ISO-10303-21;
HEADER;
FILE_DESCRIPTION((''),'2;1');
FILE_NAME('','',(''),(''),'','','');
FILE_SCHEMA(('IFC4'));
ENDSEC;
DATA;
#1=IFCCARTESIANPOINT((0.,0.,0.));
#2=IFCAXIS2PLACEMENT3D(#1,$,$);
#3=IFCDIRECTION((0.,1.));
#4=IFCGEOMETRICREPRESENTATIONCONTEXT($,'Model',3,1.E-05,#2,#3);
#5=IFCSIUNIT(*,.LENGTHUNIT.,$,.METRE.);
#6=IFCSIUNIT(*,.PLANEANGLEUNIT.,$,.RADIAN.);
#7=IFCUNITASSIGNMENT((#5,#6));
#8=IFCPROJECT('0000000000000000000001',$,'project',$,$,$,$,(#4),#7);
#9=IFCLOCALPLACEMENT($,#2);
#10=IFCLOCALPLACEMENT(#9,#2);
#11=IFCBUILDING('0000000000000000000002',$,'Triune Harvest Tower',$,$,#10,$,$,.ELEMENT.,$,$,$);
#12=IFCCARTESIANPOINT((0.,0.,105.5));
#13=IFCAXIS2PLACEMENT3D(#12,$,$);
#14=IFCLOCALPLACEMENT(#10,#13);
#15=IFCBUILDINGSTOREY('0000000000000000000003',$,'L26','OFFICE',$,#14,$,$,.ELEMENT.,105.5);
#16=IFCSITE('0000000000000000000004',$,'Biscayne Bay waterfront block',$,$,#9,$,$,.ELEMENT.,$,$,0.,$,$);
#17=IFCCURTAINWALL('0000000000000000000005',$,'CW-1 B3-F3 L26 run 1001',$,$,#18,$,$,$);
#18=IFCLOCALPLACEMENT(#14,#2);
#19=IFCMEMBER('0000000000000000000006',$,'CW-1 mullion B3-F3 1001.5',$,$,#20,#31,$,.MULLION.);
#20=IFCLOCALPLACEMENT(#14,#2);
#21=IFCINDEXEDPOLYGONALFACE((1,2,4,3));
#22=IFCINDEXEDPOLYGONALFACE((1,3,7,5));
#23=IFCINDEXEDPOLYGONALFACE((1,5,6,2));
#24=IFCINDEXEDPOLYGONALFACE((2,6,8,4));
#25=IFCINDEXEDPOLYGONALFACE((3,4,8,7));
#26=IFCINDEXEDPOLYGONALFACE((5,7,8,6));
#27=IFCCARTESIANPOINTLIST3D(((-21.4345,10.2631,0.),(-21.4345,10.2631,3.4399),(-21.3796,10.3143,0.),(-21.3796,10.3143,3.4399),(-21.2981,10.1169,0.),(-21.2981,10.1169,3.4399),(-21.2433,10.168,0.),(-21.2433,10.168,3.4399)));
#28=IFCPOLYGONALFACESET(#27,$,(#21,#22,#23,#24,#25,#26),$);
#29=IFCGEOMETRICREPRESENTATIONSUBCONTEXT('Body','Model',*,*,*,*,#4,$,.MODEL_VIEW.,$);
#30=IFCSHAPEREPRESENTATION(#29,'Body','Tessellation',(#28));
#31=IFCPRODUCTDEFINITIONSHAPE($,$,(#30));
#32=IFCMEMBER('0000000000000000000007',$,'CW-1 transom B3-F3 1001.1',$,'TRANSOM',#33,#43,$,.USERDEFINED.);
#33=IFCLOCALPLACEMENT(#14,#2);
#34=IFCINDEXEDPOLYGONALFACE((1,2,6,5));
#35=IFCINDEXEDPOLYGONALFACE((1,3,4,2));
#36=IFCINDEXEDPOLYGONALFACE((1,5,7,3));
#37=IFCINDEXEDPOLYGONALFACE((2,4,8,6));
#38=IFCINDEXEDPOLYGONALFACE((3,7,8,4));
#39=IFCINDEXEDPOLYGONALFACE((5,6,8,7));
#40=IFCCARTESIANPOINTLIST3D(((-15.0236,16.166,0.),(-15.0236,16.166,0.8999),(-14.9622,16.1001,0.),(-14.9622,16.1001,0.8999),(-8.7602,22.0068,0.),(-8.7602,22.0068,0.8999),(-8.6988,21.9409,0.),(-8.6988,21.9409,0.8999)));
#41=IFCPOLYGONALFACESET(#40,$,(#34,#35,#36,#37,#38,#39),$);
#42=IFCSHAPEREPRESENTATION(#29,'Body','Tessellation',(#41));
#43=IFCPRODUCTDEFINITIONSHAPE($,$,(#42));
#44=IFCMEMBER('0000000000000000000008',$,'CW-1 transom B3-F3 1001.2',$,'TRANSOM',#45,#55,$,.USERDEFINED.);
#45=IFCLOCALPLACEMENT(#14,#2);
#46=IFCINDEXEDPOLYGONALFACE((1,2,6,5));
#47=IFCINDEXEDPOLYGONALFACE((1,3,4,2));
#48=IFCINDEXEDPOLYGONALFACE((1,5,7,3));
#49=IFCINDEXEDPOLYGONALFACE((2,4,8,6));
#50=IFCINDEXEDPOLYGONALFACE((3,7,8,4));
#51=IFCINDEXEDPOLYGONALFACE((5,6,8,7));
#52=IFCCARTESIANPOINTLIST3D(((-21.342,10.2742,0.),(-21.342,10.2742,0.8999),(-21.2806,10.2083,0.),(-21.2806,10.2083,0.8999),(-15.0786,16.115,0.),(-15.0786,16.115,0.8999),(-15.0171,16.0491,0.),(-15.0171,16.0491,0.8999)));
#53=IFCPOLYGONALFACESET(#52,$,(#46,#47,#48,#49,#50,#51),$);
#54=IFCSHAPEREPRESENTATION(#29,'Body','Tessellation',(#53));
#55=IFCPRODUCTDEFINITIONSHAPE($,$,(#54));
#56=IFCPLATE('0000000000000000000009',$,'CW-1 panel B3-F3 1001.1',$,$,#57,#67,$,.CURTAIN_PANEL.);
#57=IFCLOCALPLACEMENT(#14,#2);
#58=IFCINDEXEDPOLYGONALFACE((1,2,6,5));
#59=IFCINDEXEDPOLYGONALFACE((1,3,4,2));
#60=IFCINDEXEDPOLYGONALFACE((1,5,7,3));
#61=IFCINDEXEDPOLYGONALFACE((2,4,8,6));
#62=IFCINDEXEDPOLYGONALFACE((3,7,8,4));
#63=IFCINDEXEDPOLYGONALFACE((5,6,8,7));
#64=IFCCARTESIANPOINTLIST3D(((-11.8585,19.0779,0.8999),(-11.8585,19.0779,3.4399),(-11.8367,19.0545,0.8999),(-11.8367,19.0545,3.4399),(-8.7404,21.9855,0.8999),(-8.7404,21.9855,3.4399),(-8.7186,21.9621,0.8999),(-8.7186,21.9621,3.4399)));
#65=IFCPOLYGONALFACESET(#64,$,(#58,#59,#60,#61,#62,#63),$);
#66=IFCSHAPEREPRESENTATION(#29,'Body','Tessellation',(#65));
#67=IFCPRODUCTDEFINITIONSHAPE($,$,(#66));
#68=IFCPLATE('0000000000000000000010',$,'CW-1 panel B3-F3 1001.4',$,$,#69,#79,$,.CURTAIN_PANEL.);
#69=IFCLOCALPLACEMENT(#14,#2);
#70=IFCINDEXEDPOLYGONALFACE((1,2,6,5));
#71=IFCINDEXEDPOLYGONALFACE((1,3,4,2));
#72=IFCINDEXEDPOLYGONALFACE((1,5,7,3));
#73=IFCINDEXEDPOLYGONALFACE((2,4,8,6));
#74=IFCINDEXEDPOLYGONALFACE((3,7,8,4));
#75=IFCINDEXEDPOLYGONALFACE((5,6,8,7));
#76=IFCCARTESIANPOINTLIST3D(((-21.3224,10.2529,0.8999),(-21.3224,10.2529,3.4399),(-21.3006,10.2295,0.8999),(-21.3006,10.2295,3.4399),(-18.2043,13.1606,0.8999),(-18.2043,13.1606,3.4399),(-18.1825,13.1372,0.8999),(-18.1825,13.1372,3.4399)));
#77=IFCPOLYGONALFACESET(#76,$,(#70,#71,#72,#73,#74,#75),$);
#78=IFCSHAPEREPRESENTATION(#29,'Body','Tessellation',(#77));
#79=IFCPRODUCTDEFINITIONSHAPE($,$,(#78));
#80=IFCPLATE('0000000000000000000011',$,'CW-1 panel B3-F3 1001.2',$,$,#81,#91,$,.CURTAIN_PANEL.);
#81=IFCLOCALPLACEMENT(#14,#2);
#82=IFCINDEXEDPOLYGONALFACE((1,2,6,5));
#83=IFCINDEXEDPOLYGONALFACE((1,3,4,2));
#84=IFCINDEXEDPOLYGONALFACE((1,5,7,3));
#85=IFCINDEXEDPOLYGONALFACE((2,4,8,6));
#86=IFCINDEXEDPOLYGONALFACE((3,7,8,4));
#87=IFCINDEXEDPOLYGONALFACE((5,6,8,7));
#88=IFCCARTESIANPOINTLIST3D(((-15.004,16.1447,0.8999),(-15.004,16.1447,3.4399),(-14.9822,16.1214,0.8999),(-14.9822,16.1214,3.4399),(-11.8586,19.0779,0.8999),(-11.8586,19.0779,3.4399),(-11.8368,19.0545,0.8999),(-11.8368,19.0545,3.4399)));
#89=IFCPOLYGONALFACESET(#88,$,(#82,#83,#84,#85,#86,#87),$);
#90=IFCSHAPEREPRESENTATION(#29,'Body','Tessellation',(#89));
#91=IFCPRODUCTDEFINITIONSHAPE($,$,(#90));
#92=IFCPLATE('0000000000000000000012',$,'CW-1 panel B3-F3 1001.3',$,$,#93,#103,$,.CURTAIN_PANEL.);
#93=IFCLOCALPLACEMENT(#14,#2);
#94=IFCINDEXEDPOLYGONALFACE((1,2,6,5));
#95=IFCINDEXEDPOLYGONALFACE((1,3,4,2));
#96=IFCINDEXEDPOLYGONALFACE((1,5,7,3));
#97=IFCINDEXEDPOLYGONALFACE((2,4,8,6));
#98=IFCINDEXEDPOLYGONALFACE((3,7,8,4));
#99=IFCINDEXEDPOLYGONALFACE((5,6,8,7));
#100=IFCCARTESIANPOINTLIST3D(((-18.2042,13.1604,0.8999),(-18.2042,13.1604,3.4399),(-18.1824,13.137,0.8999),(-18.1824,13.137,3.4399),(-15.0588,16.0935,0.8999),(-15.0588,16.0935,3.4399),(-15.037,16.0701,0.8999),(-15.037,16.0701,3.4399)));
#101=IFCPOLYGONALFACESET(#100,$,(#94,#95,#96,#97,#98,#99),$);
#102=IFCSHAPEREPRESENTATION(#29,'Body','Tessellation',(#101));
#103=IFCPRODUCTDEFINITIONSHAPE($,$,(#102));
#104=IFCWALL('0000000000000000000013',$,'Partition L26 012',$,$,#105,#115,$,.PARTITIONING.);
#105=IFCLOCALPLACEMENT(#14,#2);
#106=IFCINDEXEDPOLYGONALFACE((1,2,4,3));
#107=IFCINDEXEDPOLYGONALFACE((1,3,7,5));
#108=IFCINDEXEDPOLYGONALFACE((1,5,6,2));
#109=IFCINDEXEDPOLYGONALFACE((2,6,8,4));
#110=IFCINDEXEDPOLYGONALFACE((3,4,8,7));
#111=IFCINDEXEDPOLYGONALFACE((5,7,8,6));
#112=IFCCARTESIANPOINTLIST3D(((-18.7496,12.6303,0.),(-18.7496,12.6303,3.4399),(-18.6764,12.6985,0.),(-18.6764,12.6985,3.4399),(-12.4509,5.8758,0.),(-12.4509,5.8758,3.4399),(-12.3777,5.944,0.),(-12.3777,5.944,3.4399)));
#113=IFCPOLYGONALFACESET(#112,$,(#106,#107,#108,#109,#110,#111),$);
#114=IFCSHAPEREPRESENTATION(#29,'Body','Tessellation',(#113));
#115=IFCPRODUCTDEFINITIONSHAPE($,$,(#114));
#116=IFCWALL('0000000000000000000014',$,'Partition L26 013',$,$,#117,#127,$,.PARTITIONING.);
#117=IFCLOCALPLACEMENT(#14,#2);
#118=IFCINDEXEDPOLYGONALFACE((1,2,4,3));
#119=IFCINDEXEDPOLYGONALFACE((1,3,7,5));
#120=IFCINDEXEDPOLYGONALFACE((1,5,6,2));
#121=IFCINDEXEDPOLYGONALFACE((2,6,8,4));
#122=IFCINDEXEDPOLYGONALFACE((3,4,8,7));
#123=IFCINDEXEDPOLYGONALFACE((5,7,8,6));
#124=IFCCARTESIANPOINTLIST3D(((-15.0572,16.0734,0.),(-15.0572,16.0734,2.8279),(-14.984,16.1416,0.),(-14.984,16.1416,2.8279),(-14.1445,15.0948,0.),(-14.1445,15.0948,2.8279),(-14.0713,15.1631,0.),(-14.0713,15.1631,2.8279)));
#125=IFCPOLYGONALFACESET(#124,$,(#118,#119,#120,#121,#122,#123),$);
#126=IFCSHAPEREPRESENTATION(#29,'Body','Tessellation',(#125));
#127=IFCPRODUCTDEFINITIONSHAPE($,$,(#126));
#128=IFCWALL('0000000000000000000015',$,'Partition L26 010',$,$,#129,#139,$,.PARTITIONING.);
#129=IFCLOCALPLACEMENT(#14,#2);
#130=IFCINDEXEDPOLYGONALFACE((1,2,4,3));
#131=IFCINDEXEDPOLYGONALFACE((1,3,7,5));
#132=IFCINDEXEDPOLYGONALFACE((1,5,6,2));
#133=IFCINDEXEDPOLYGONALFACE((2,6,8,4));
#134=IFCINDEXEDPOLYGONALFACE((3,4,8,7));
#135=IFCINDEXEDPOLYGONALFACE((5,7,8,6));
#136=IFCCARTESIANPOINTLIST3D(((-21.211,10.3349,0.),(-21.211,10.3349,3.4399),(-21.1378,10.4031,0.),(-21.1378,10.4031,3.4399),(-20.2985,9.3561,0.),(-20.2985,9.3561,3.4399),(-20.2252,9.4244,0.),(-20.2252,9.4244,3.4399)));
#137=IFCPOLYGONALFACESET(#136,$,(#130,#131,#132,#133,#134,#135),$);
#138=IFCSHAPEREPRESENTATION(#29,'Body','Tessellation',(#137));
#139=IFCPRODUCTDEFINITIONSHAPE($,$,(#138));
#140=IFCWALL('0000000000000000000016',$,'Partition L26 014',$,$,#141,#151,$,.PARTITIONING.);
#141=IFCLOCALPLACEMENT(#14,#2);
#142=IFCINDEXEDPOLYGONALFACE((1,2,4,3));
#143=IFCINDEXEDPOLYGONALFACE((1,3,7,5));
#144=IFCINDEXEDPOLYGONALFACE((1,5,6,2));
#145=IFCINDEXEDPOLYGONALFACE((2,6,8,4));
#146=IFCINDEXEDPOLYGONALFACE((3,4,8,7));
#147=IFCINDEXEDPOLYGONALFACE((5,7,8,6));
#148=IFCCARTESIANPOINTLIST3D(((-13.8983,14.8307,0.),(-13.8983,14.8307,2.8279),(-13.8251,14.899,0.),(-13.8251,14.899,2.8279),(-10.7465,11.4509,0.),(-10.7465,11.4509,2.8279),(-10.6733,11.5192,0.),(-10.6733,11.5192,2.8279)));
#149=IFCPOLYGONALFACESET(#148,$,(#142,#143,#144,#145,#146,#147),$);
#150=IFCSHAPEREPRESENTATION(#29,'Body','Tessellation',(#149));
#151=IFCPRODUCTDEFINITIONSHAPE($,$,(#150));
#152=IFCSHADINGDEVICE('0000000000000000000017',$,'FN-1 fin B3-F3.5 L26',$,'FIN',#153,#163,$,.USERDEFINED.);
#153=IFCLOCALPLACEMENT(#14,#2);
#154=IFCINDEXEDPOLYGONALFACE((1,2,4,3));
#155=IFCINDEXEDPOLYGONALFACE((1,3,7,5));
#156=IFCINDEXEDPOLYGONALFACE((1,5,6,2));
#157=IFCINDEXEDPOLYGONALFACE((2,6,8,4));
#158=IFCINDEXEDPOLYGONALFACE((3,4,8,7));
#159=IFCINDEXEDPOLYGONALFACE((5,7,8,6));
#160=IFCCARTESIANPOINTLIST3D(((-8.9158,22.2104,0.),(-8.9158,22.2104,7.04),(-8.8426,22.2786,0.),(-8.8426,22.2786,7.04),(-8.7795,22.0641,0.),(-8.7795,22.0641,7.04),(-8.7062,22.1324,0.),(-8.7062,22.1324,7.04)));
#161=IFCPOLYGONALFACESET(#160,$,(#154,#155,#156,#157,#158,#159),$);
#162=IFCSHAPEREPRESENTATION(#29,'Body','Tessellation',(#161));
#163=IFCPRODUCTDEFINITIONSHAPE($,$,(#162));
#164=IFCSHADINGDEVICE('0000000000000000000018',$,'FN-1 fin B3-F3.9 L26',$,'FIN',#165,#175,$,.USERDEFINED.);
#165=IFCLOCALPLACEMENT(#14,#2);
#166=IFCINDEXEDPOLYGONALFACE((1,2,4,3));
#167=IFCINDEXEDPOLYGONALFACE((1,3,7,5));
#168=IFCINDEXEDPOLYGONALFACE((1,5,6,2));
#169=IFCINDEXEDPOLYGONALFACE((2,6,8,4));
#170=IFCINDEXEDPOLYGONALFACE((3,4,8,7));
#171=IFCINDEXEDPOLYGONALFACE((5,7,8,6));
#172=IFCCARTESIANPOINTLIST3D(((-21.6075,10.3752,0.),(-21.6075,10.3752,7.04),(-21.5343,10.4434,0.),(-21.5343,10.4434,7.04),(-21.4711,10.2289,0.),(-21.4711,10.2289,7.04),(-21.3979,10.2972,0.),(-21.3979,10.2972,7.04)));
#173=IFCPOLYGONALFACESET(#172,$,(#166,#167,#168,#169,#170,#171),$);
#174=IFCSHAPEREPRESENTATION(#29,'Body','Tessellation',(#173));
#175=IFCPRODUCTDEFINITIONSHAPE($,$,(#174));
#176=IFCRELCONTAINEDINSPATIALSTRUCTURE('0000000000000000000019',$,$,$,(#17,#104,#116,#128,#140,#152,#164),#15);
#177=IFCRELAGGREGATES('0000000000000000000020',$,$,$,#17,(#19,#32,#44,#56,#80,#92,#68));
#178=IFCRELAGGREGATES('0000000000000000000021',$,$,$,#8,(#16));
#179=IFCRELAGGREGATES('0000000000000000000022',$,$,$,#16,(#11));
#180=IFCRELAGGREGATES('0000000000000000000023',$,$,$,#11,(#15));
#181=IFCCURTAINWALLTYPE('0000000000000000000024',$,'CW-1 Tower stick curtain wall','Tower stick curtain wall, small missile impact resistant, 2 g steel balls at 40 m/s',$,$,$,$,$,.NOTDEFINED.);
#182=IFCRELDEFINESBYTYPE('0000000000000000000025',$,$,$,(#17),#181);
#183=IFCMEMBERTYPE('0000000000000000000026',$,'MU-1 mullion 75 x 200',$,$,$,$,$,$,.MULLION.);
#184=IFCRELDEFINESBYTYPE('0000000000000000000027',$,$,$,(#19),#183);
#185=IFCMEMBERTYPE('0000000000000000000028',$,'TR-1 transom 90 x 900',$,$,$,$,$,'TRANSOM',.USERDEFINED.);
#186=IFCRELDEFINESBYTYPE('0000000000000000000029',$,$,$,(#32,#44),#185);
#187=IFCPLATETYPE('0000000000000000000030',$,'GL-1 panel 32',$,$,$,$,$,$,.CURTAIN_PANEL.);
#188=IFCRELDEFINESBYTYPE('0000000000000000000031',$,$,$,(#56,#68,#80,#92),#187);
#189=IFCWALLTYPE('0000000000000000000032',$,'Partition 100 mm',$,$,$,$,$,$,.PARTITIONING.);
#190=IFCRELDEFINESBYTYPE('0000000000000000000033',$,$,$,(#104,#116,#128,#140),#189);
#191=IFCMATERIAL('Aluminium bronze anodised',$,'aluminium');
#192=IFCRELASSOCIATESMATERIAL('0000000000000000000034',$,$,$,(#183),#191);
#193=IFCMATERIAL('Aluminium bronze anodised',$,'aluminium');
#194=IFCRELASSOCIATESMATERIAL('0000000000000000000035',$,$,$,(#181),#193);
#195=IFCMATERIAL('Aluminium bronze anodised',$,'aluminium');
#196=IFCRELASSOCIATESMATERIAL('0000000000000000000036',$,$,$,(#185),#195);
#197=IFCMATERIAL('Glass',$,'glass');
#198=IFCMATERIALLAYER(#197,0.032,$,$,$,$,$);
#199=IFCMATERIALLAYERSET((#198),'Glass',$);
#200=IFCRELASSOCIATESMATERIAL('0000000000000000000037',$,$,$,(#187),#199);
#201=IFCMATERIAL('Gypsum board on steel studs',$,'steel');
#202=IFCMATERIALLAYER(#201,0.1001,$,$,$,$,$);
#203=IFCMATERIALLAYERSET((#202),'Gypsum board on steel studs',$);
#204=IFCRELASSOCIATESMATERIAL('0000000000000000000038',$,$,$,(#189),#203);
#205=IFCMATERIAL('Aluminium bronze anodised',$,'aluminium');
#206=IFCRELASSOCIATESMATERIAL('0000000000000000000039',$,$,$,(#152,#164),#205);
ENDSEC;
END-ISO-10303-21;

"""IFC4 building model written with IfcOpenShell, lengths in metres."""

from ifc_helpers import new_model, si_unit, direction, frame, frame_2d, origin, origin_2d, place, context, subcontext, project, spatial, rectangle, extrude, source, transform, mapped, material, layer, layer_set, material_profile, profile_set, type_object, element, aggregate, save


model = new_model("IFC4")

# Units and contexts
model_context = context("Model", 3, precision=1e-05, world=origin(), true_north=direction((0.0, 1.0)))
body_context = subcontext(model_context, "Body", "Model", "MODEL_VIEW")
ifc_project = project(units=[si_unit("LENGTHUNIT", "METRE"), si_unit("PLANEANGLEUNIT", "RADIAN")], contexts=[model_context])

# Site, building, storey
site_placement = place(None, origin())
site = spatial("IfcSite", under=ifc_project, at=site_placement, Name="Biscayne Bay waterfront block", CompositionType="ELEMENT", RefElevation=0.0)
building_placement = place(site_placement, origin())
building = spatial("IfcBuilding", under=site, at=building_placement, Name="Triune Harvest Tower", CompositionType="ELEMENT")
storey_placement = place(building_placement, frame((0.0, 0.0, 105.5)))
storey = spatial("IfcBuildingStorey", under=building, at=storey_placement, Name="L26", Description="OFFICE", CompositionType="ELEMENT", Elevation=105.5)

# Shared definitions
ifc_material_1 = material(Name="Aluminium bronze anodised", Category="aluminium")
ifc_material_profile_1 = material_profile(ifc_material_1, rectangle(XDim=0.2, YDim=0.075, at=origin_2d()), Name="MU-1 mullion 75 x 200")
ifc_profile_set_1 = profile_set([ifc_material_profile_1], Name="Aluminium bronze anodised")
member_type_1 = type_object("IfcMemberType", Name="MU-1 mullion 75 x 200", PredefinedType="MULLION", material=ifc_profile_set_1)
shared_shape_1 = source(origin(), body_context, "Body", "SweptSolid", [
    extrude(rectangle(XDim=0.2, YDim=0.075, at=origin_2d()), origin(), (0.0, 0.0, 1.0), 3.4399),
])

# Curtain wall, members, plates
ifc_material_2 = material(Name="Aluminium bronze anodised", Category="aluminium")
curtain_wall_type_1 = type_object("IfcCurtainWallType", Name="CW-1 Tower stick curtain wall", Description="Tower stick curtain wall, small missile impact resistant, 2 g steel balls at 40 m/s", PredefinedType="NOTDEFINED", material=ifc_material_2)
curtain_wall_1_placement = place(storey_placement, origin())
curtain_wall_1 = element("IfcCurtainWall", 1, at=curtain_wall_1_placement, inside=storey, type_object=curtain_wall_type_1, Name="CW-1 B3-F3 L26 run 1001")
member_1_placement = place(storey_placement, frame((-21.3389, 10.2156, 0.0), z_axis=(0.0, 0.0, 1.0), x_axis=(0.681998, -0.731354, 0.0)))
member_1 = element("IfcMember", 2, at=member_1_placement, type_object=member_type_1, Name="CW-1 mullion B3-F3 1001.5", PredefinedType="MULLION", context=body_context, shape_type="MappedRepresentation", body=[
    mapped(shared_shape_1, transform((0.0, 0.0, 0.0), scale=1.0)),
])
ifc_material_3 = material(Name="Aluminium bronze anodised", Category="aluminium")
ifc_material_profile_2 = material_profile(ifc_material_3, rectangle(XDim=0.0901, YDim=0.8999, at=origin_2d()), Name="TR-1 transom 90 x 900")
ifc_profile_set_2 = profile_set([ifc_material_profile_2], Name="Aluminium bronze anodised")
member_type_2 = type_object("IfcMemberType", Name="TR-1 transom 90 x 900", ElementType="TRANSOM", PredefinedType="USERDEFINED", material=ifc_profile_set_2)
shared_shape_2 = source(origin(), body_context, "Body", "SweptSolid", [
    extrude(rectangle(XDim=0.0901, YDim=0.8999, at=origin_2d()), origin(), (0.0, 0.0, 1.0), 8.5642),
])
member_2_placement = place(storey_placement, frame((-8.7295, 21.9739, 0.45), z_axis=(-0.731349, -0.682003, 0.0), x_axis=(0.682003, -0.731349, 0.0)))
member_2 = element("IfcMember", 3, at=member_2_placement, type_object=member_type_2, Name="CW-1 transom B3-F3 1001.1", ObjectType="TRANSOM", PredefinedType="USERDEFINED", context=body_context, shape_type="MappedRepresentation", body=[
    mapped(shared_shape_2, transform((0.0, 0.0, 0.0), scale=1.0)),
])
member_3_placement = place(storey_placement, frame((-15.0479, 16.082, 0.45), z_axis=(-0.731349, -0.682003, 0.0), x_axis=(0.682003, -0.731349, 0.0)))
member_3 = element("IfcMember", 4, at=member_3_placement, type_object=member_type_2, Name="CW-1 transom B3-F3 1001.2", ObjectType="TRANSOM", PredefinedType="USERDEFINED", context=body_context, shape_type="MappedRepresentation", body=[
    mapped(shared_shape_2, transform((0.0, 0.0, 0.0), scale=1.0)),
])
ifc_material_4 = material(Name="Glass", Category="glass")
ifc_layer_1 = layer(ifc_material_4, 0.032)
ifc_layer_set_1 = layer_set([ifc_layer_1], Name="Glass")
plate_type = type_object("IfcPlateType", Name="GL-1 panel 32", PredefinedType="CURTAIN_PANEL", material=ifc_layer_set_1)
shared_shape_3 = source(origin(), body_context, "Body", "SweptSolid", [
    extrude(rectangle(XDim=4.2634, YDim=0.032, at=origin_2d()), origin(), (0.0, 0.0, 1.0), 2.54),
])
plate_1_placement = place(storey_placement, frame((-10.2886, 20.52, 0.8999), z_axis=(0.0, 0.0, 1.0), x_axis=(-0.731354, -0.681998, 0.0)))
plate_1 = element("IfcPlate", 5, at=plate_1_placement, type_object=plate_type, Name="CW-1 panel B3-F3 1001.1", PredefinedType="CURTAIN_PANEL", context=body_context, shape_type="MappedRepresentation", body=[
    mapped(shared_shape_3, transform((0.0, 0.0, 0.0), scale=1.0)),
])
plate_2_placement = place(storey_placement, frame((-19.7524, 11.6951, 0.8999), z_axis=(0.0, 0.0, 1.0), x_axis=(-0.731354, -0.681998, 0.0)))
plate_2 = element("IfcPlate", 6, at=plate_2_placement, type_object=plate_type, Name="CW-1 panel B3-F3 1001.4", PredefinedType="CURTAIN_PANEL", context=body_context, shape_type="MappedRepresentation", body=[
    mapped(shared_shape_3, transform((0.0, 0.0, 0.0), scale=1.0)),
])
shared_shape_4 = source(origin(), body_context, "Body", "SweptSolid", [
    extrude(rectangle(XDim=4.3008, YDim=0.032, at=origin_2d()), origin(), (0.0, 0.0, 1.0), 2.54),
])
plate_3_placement = place(storey_placement, frame((-13.4204, 17.5996, 0.8999), z_axis=(0.0, 0.0, 1.0), x_axis=(-0.731354, -0.681998, 0.0)))
plate_3 = element("IfcPlate", 7, at=plate_3_placement, type_object=plate_type, Name="CW-1 panel B3-F3 1001.2", PredefinedType="CURTAIN_PANEL", context=body_context, shape_type="MappedRepresentation", body=[
    mapped(shared_shape_4, transform((0.0, 0.0, 0.0), scale=1.0)),
])
plate_4_placement = place(storey_placement, frame((-16.6206, 14.6152, 0.8999), z_axis=(0.0, 0.0, 1.0), x_axis=(-0.731354, -0.681998, 0.0)))
plate_4 = element("IfcPlate", 8, at=plate_4_placement, type_object=plate_type, Name="CW-1 panel B3-F3 1001.3", PredefinedType="CURTAIN_PANEL", context=body_context, shape_type="MappedRepresentation", body=[
    mapped(shared_shape_4, transform((0.0, 0.0, 0.0), scale=1.0)),
])
aggregate(curtain_wall_1, [member_1, member_2, member_3, plate_1, plate_3, plate_4, plate_2])

# Walls
ifc_material_5 = material(Name="Gypsum board on steel studs", Category="steel")
ifc_layer_2 = layer(ifc_material_5, 0.1001)
ifc_layer_set_2 = layer_set([ifc_layer_2], Name="Gypsum board on steel studs")
wall_type = type_object("IfcWallType", Name="Partition 100 mm", PredefinedType="PARTITIONING", material=ifc_layer_set_2)
wall_1_placement = place(storey_placement, frame((-18.7129, 12.6643, 0.0), z_axis=(0.0, 0.0, 1.0), x_axis=(0.681999, -0.731353, 0.0)))
element("IfcWall", 9, at=wall_1_placement, inside=storey, type_object=wall_type, Name="Partition L26 012", PredefinedType="PARTITIONING", context=body_context, shape_type="SweptSolid", body=[
    extrude(rectangle(XDim=9.2356, YDim=0.1001, at=frame_2d((4.6177, 0.0))), origin(), (0.0, 0.0, 1.0), 3.4399),
])
wall_2_placement = place(storey_placement, frame((-15.0205, 16.1074, 0.0), z_axis=(0.0, 0.0, 1.0), x_axis=(0.682045, -0.73131, 0.0)))
element("IfcWall", 10, at=wall_2_placement, inside=storey, type_object=wall_type, Name="Partition L26 013", PredefinedType="PARTITIONING", context=body_context, shape_type="SweptSolid", body=[
    extrude(rectangle(XDim=1.3381, YDim=0.1001, at=frame_2d((0.6689, 0.0))), origin(), (0.0, 0.0, 1.0), 2.8279),
])
shared_shape_5 = source(origin(), body_context, "Body", "SweptSolid", [
    extrude(rectangle(XDim=1.3381, YDim=0.1001, at=frame_2d((0.6689, 0.0))), origin(), (0.0, 0.0, 1.0), 3.4399),
])
wall_3_placement = place(storey_placement, frame((-21.1743, 10.3689, 0.0), z_axis=(0.0, 0.0, 1.0), x_axis=(0.681954, -0.731395, 0.0)))
element("IfcWall", 11, at=wall_3_placement, inside=storey, type_object=wall_type, Name="Partition L26 010", PredefinedType="PARTITIONING", context=body_context, shape_type="MappedRepresentation", body=[
    mapped(shared_shape_5, transform((0.0, 0.0, 0.0), scale=1.0)),
])
shared_shape_6 = source(origin(), body_context, "Body", "SweptSolid", [
    extrude(rectangle(XDim=4.6213, YDim=0.1001, at=frame_2d((2.3105, 0.0))), origin(), (0.0, 0.0, 1.0), 2.8279),
])
wall_4_placement = place(storey_placement, frame((-13.8616, 14.8647, 0.0), z_axis=(0.0, 0.0, 1.0), x_axis=(0.682006, -0.731347, 0.0)))
element("IfcWall", 12, at=wall_4_placement, inside=storey, type_object=wall_type, Name="Partition L26 014", PredefinedType="PARTITIONING", context=body_context, shape_type="MappedRepresentation", body=[
    mapped(shared_shape_6, transform((0.0, 0.0, 0.0), scale=1.0)),
])

# Shading devices
ifc_material_6 = material(Name="Aluminium bronze anodised", Category="aluminium")
shared_shape_7 = source(origin(), body_context, "Body", "SweptSolid", [
    extrude(rectangle(XDim=0.1001, YDim=0.2, at=origin_2d()), origin(), (0.0, 0.0, 1.0), 7.04),
])
for number, where, z_axis, x_axis, name in (
    (13, (-8.811, 22.1714, 0.0), (0.0, 0.0, 1.0), (-0.731353, -0.681999, 0.0), "FN-1 fin B3-F3.5 L26"),
    (14, (-21.5027, 10.3362, 0.0), (0.0, 0.0, 1.0), (-0.731353, -0.681999, 0.0), "FN-1 fin B3-F3.9 L26"),
):
    element("IfcShadingDevice", number, at=place(storey_placement, frame(where, z_axis=z_axis, x_axis=x_axis)), inside=storey, material=ifc_material_6, Name=name, ObjectType="FIN", PredefinedType="USERDEFINED", context=body_context, shape_type="MappedRepresentation", body=[
        mapped(shared_shape_7, transform((0.0, 0.0, 0.0), scale=1.0)),
    ])

save(model, "model.ifc")
